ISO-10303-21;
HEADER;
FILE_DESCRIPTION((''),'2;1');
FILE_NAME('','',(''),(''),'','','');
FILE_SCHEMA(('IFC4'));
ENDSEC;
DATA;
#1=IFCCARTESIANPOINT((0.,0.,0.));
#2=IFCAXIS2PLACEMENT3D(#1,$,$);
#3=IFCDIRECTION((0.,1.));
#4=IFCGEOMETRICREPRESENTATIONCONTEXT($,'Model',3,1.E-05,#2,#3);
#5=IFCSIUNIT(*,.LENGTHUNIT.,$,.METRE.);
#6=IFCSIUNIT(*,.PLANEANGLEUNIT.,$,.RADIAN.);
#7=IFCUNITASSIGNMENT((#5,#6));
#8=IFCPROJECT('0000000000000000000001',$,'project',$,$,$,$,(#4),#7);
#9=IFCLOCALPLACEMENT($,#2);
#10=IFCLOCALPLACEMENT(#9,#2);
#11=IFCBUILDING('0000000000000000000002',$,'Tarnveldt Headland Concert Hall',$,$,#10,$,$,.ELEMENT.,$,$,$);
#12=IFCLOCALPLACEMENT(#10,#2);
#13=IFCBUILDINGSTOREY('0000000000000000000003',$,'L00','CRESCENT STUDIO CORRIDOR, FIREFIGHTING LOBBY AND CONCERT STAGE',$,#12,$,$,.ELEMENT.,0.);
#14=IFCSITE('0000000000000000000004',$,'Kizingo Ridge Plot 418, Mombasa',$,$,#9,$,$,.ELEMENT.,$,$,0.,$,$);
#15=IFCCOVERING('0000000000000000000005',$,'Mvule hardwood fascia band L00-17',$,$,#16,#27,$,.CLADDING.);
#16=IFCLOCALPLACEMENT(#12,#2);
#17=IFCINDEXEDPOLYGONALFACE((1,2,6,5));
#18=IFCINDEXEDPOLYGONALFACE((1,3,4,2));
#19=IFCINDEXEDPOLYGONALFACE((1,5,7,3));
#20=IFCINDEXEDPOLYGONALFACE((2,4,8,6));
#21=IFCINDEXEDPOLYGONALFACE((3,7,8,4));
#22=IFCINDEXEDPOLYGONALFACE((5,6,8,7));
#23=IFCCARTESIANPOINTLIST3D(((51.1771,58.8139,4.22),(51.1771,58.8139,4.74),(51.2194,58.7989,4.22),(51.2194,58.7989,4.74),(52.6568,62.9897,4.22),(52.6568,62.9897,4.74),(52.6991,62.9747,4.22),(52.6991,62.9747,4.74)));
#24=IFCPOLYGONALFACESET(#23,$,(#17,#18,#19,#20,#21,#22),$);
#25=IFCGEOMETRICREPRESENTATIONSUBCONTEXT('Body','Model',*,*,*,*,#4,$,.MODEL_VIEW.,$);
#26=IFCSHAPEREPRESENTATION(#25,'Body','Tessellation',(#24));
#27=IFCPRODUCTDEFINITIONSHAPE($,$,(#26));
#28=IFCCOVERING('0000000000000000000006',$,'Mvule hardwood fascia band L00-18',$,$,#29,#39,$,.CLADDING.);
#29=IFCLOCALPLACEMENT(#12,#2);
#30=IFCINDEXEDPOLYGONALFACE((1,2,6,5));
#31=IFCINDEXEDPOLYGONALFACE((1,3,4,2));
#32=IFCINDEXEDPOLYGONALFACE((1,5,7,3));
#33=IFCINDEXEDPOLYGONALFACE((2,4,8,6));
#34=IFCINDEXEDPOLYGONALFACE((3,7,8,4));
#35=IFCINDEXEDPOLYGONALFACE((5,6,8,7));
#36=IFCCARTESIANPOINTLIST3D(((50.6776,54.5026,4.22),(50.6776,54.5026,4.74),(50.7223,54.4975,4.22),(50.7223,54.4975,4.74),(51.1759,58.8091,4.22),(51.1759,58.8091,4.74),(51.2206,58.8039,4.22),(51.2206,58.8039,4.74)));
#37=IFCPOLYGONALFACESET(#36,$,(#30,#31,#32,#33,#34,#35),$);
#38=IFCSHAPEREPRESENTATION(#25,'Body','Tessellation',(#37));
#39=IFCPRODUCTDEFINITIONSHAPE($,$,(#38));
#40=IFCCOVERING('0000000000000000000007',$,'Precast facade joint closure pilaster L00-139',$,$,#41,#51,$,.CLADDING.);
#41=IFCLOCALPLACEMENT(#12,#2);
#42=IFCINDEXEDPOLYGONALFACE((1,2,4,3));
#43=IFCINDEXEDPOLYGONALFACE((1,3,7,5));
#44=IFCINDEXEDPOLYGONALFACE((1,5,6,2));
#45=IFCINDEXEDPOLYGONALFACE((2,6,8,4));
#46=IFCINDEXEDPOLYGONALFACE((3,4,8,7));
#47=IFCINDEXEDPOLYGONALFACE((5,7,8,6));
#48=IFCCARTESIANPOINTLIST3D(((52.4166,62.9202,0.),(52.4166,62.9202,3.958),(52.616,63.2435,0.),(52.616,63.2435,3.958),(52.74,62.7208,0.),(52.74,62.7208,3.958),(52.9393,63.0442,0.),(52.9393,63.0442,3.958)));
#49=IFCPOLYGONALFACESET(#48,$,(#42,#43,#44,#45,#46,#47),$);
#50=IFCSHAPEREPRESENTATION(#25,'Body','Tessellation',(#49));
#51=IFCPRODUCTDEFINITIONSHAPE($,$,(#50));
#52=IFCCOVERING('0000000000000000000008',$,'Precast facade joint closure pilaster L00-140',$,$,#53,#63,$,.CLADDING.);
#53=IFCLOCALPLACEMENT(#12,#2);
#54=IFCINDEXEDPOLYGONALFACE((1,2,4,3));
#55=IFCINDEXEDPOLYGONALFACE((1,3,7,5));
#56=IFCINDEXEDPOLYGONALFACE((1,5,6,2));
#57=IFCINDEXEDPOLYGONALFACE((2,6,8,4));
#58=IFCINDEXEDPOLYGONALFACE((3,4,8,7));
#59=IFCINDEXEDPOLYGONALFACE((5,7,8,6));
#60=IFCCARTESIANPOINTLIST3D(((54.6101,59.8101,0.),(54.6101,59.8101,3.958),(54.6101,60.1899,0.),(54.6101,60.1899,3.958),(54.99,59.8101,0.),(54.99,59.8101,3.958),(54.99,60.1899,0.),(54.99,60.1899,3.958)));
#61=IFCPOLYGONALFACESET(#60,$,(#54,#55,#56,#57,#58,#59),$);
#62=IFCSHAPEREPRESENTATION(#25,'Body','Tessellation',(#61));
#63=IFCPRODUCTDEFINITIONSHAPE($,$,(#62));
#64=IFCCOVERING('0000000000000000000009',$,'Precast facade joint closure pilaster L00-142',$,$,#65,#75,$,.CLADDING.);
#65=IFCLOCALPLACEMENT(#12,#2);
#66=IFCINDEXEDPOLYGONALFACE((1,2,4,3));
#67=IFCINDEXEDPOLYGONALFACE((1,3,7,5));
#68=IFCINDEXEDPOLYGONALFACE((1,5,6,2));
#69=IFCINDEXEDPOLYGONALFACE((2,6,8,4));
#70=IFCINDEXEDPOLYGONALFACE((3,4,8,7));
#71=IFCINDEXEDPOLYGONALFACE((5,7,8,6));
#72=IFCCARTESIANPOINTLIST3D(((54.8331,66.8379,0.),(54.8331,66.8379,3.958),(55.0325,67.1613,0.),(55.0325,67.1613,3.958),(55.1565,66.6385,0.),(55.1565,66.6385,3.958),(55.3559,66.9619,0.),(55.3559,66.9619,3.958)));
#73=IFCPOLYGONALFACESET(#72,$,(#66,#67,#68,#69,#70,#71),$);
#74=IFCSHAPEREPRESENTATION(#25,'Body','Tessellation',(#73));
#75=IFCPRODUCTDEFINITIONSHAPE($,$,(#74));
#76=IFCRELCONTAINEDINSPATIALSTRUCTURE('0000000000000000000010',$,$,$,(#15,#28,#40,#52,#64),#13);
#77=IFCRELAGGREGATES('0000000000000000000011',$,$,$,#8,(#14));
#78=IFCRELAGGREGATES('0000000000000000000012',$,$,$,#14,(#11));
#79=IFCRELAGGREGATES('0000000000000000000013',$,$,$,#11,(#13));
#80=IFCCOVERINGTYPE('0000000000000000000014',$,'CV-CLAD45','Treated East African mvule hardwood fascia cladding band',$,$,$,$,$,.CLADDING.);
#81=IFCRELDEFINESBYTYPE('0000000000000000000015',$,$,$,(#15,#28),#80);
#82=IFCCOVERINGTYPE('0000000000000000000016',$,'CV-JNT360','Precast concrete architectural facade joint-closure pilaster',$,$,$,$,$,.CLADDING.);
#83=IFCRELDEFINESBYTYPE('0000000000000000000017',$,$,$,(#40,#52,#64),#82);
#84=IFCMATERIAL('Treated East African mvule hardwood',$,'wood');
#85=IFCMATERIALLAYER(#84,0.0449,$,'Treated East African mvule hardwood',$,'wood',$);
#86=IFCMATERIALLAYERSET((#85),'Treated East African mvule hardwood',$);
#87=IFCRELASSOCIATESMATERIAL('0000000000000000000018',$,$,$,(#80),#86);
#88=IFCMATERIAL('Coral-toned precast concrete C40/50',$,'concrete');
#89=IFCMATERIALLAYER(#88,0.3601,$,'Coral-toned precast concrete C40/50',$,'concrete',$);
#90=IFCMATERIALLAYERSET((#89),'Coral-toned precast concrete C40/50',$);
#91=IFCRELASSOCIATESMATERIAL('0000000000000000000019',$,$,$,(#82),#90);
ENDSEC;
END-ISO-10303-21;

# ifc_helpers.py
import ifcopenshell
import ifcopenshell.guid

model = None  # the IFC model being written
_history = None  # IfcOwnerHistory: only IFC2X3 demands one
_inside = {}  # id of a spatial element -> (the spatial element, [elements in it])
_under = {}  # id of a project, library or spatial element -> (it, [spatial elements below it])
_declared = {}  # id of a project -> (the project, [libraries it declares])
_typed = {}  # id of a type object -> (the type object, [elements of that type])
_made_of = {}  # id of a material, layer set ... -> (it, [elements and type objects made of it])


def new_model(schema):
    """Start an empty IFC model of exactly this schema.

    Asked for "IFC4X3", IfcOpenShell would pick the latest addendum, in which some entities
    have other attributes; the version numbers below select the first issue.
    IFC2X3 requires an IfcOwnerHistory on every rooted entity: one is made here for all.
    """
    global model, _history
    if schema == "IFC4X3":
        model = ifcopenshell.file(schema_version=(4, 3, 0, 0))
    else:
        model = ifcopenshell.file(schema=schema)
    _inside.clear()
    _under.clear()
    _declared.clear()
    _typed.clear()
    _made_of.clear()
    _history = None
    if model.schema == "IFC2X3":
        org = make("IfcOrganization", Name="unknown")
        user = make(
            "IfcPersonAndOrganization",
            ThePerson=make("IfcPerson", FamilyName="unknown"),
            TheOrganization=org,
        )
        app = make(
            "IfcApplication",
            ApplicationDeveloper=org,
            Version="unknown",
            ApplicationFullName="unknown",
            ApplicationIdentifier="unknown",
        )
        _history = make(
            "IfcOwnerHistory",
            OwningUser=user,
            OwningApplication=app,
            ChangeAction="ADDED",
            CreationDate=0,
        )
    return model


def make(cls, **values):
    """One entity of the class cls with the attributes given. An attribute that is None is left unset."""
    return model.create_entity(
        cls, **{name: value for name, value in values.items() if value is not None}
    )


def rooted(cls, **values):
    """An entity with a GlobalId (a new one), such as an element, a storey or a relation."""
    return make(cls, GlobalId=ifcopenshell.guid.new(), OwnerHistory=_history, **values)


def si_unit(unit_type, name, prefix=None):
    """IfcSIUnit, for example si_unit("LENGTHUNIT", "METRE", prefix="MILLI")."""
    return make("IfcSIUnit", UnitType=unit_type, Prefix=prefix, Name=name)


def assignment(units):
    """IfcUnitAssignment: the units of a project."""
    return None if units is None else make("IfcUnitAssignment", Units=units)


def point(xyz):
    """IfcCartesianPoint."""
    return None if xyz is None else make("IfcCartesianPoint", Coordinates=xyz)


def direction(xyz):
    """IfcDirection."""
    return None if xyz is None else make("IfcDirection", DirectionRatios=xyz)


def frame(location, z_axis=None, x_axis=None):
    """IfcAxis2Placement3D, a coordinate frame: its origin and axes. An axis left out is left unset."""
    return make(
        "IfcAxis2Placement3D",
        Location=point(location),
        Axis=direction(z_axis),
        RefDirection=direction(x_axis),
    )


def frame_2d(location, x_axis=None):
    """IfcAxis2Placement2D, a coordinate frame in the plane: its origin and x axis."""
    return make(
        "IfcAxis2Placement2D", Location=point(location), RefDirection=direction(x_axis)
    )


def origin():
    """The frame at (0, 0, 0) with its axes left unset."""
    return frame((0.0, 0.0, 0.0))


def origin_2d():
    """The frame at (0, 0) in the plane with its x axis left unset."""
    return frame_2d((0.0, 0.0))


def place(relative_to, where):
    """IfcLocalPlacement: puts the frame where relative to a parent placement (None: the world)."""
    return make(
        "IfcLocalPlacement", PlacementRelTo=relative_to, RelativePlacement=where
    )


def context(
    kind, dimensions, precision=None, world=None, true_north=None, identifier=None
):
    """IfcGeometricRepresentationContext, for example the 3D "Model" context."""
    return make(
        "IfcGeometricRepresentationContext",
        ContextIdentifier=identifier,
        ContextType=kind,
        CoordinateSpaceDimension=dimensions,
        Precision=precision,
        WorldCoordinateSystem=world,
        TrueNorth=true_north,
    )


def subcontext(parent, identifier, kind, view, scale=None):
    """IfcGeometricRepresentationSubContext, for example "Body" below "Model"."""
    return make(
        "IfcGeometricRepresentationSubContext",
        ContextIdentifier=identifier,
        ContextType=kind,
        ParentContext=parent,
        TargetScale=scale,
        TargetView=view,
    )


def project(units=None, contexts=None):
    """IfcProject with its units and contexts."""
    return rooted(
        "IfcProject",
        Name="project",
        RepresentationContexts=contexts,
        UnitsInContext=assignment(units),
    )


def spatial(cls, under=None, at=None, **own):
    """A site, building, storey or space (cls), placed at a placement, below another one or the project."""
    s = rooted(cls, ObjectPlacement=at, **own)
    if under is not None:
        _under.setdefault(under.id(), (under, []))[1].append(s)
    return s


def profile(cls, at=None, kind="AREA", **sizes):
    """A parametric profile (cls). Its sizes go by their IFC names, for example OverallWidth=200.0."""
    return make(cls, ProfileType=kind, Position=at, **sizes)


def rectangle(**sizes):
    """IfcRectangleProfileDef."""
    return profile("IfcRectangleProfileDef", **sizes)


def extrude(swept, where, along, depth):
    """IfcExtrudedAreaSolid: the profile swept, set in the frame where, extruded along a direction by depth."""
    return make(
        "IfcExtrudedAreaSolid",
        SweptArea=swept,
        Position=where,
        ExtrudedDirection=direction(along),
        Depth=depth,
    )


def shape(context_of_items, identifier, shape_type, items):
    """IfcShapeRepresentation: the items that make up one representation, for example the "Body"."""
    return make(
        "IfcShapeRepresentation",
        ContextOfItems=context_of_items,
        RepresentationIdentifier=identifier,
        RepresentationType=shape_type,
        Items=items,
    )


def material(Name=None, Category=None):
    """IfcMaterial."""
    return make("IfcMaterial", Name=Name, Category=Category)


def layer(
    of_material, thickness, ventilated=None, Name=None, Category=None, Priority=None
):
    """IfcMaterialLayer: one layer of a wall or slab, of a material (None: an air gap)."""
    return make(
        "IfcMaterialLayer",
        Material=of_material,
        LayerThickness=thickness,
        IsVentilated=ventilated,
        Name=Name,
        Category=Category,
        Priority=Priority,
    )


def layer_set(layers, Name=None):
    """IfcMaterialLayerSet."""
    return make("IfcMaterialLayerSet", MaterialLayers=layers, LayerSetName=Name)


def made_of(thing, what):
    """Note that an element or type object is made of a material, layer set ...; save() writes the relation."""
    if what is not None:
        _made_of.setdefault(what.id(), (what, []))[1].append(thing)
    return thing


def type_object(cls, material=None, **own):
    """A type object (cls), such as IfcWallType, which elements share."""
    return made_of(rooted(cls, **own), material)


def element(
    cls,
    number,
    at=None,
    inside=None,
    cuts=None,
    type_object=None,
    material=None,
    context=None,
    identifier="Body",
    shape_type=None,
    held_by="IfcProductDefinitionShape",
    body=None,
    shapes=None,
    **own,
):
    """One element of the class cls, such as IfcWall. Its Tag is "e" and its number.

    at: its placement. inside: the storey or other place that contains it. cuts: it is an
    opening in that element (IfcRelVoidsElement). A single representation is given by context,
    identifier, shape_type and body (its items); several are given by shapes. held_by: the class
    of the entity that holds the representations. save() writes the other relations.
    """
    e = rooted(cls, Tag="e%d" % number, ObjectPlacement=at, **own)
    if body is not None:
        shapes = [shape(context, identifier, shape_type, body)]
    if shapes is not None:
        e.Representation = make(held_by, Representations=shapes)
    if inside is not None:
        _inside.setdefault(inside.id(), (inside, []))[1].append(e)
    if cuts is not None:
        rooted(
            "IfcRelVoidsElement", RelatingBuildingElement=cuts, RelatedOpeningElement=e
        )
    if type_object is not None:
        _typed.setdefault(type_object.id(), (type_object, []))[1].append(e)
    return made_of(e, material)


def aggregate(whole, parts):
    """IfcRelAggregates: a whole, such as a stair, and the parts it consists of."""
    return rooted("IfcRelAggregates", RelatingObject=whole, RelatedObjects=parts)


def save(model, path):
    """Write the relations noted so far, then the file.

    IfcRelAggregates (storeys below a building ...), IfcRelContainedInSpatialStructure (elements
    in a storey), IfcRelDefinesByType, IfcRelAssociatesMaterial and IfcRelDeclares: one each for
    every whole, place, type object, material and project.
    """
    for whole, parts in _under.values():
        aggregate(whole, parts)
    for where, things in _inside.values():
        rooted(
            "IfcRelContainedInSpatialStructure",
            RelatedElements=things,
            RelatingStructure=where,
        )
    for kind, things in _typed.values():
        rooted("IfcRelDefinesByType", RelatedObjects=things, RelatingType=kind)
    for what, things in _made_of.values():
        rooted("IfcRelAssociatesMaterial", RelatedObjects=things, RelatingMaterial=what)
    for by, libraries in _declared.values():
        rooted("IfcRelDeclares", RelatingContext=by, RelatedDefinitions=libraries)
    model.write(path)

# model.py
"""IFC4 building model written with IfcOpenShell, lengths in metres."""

from ifc_helpers import new_model, si_unit, direction, frame, frame_2d, origin, origin_2d, place, context, subcontext, project, spatial, rectangle, extrude, material, layer, layer_set, type_object, element, save


model = new_model("IFC4")

# Units and contexts
model_context = context("Model", 3, precision=1e-05, world=origin(), true_north=direction((0.0, 1.0)))
body_context = subcontext(model_context, "Body", "Model", "MODEL_VIEW")
ifc_project = project(units=[si_unit("LENGTHUNIT", "METRE"), si_unit("PLANEANGLEUNIT", "RADIAN")], contexts=[model_context])

# Site, building, storey
site_placement = place(None, origin())
site = spatial("IfcSite", under=ifc_project, at=site_placement, Name="Kizingo Ridge Plot 418, Mombasa", CompositionType="ELEMENT", RefElevation=0.0)
building_placement = place(site_placement, origin())
building = spatial("IfcBuilding", under=site, at=building_placement, Name="Tarnveldt Headland Concert Hall", CompositionType="ELEMENT")
storey_placement = place(building_placement, origin())
storey = spatial("IfcBuildingStorey", under=building, at=storey_placement, Name="L00", Description="CRESCENT STUDIO CORRIDOR, FIREFIGHTING LOBBY AND CONCERT STAGE", CompositionType="ELEMENT", Elevation=0.0)

# Shared definitions
ifc_material_1 = material(Name="Coral-toned precast concrete C40/50", Category="concrete")

# Coverings
ifc_material_2 = material(Name="Treated East African mvule hardwood", Category="wood")
ifc_layer_1 = layer(ifc_material_2, 0.0449, Name="Treated East African mvule hardwood", Category="wood")
ifc_layer_set_1 = layer_set([ifc_layer_1], Name="Treated East African mvule hardwood")
covering_type_1 = type_object("IfcCoveringType", Name="CV-CLAD45", Description="Treated East African mvule hardwood fascia cladding band", PredefinedType="CLADDING", material=ifc_layer_set_1)
covering_1_placement = place(storey_placement, frame((52.678, 62.9822, 4.22), z_axis=(0.0, 0.0, 1.0), x_axis=(-0.33401, -0.942569, 0.0)))
element("IfcCovering", 1, at=covering_1_placement, inside=storey, type_object=covering_type_1, Name="Mvule hardwood fascia band L00-17", PredefinedType="CLADDING", context=body_context, shape_type="SweptSolid", body=[
    extrude(rectangle(XDim=4.4302, YDim=0.0449, at=frame_2d((2.2151, 0.0))), origin(), (0.0, 0.0, 1.0), 0.52),
])
covering_2_placement = place(storey_placement, frame((51.1982, 58.8064, 4.22), z_axis=(0.0, 0.0, 1.0), x_axis=(-0.114943, -0.993372, 0.0)))
element("IfcCovering", 2, at=covering_2_placement, inside=storey, type_object=covering_type_1, Name="Mvule hardwood fascia band L00-18", PredefinedType="CLADDING", context=body_context, shape_type="SweptSolid", body=[
    extrude(rectangle(XDim=4.3352, YDim=0.0449, at=frame_2d((2.1675, 0.0))), origin(), (0.0, 0.0, 1.0), 0.52),
])
ifc_layer_2 = layer(ifc_material_1, 0.3601, Name="Coral-toned precast concrete C40/50", Category="concrete")
ifc_layer_set_2 = layer_set([ifc_layer_2], Name="Coral-toned precast concrete C40/50")
covering_type_2 = type_object("IfcCoveringType", Name="CV-JNT360", Description="Precast concrete architectural facade joint-closure pilaster", PredefinedType="CLADDING", material=ifc_layer_set_2)
for number, where, z_axis, x_axis, name in (
    (3, (52.678, 62.9822, 0.0), (0.0, 0.0, 1.0), (0.524878, 0.851178, 0.0), "Precast facade joint closure pilaster L00-139"),
    (4, (54.8, 60.0, 0.0), (0.0, 0.0, 1.0), (-1.0, 0.0, 0.0), "Precast facade joint closure pilaster L00-140"),
    (5, (55.0945, 66.8999, 0.0), (0.0, 0.0, 1.0), (0.524878, 0.851178, 0.0), "Precast facade joint closure pilaster L00-142"),
):
    element("IfcCovering", number, at=place(storey_placement, frame(where, z_axis=z_axis, x_axis=x_axis)), inside=storey, type_object=covering_type_2, Name=name, PredefinedType="CLADDING", context=body_context, shape_type="SweptSolid", body=[
        extrude(rectangle(XDim=0.3799, YDim=0.3799, at=origin_2d()), origin(), (0.0, 0.0, 1.0), 3.958),
    ])

save(model, "model.ifc")
